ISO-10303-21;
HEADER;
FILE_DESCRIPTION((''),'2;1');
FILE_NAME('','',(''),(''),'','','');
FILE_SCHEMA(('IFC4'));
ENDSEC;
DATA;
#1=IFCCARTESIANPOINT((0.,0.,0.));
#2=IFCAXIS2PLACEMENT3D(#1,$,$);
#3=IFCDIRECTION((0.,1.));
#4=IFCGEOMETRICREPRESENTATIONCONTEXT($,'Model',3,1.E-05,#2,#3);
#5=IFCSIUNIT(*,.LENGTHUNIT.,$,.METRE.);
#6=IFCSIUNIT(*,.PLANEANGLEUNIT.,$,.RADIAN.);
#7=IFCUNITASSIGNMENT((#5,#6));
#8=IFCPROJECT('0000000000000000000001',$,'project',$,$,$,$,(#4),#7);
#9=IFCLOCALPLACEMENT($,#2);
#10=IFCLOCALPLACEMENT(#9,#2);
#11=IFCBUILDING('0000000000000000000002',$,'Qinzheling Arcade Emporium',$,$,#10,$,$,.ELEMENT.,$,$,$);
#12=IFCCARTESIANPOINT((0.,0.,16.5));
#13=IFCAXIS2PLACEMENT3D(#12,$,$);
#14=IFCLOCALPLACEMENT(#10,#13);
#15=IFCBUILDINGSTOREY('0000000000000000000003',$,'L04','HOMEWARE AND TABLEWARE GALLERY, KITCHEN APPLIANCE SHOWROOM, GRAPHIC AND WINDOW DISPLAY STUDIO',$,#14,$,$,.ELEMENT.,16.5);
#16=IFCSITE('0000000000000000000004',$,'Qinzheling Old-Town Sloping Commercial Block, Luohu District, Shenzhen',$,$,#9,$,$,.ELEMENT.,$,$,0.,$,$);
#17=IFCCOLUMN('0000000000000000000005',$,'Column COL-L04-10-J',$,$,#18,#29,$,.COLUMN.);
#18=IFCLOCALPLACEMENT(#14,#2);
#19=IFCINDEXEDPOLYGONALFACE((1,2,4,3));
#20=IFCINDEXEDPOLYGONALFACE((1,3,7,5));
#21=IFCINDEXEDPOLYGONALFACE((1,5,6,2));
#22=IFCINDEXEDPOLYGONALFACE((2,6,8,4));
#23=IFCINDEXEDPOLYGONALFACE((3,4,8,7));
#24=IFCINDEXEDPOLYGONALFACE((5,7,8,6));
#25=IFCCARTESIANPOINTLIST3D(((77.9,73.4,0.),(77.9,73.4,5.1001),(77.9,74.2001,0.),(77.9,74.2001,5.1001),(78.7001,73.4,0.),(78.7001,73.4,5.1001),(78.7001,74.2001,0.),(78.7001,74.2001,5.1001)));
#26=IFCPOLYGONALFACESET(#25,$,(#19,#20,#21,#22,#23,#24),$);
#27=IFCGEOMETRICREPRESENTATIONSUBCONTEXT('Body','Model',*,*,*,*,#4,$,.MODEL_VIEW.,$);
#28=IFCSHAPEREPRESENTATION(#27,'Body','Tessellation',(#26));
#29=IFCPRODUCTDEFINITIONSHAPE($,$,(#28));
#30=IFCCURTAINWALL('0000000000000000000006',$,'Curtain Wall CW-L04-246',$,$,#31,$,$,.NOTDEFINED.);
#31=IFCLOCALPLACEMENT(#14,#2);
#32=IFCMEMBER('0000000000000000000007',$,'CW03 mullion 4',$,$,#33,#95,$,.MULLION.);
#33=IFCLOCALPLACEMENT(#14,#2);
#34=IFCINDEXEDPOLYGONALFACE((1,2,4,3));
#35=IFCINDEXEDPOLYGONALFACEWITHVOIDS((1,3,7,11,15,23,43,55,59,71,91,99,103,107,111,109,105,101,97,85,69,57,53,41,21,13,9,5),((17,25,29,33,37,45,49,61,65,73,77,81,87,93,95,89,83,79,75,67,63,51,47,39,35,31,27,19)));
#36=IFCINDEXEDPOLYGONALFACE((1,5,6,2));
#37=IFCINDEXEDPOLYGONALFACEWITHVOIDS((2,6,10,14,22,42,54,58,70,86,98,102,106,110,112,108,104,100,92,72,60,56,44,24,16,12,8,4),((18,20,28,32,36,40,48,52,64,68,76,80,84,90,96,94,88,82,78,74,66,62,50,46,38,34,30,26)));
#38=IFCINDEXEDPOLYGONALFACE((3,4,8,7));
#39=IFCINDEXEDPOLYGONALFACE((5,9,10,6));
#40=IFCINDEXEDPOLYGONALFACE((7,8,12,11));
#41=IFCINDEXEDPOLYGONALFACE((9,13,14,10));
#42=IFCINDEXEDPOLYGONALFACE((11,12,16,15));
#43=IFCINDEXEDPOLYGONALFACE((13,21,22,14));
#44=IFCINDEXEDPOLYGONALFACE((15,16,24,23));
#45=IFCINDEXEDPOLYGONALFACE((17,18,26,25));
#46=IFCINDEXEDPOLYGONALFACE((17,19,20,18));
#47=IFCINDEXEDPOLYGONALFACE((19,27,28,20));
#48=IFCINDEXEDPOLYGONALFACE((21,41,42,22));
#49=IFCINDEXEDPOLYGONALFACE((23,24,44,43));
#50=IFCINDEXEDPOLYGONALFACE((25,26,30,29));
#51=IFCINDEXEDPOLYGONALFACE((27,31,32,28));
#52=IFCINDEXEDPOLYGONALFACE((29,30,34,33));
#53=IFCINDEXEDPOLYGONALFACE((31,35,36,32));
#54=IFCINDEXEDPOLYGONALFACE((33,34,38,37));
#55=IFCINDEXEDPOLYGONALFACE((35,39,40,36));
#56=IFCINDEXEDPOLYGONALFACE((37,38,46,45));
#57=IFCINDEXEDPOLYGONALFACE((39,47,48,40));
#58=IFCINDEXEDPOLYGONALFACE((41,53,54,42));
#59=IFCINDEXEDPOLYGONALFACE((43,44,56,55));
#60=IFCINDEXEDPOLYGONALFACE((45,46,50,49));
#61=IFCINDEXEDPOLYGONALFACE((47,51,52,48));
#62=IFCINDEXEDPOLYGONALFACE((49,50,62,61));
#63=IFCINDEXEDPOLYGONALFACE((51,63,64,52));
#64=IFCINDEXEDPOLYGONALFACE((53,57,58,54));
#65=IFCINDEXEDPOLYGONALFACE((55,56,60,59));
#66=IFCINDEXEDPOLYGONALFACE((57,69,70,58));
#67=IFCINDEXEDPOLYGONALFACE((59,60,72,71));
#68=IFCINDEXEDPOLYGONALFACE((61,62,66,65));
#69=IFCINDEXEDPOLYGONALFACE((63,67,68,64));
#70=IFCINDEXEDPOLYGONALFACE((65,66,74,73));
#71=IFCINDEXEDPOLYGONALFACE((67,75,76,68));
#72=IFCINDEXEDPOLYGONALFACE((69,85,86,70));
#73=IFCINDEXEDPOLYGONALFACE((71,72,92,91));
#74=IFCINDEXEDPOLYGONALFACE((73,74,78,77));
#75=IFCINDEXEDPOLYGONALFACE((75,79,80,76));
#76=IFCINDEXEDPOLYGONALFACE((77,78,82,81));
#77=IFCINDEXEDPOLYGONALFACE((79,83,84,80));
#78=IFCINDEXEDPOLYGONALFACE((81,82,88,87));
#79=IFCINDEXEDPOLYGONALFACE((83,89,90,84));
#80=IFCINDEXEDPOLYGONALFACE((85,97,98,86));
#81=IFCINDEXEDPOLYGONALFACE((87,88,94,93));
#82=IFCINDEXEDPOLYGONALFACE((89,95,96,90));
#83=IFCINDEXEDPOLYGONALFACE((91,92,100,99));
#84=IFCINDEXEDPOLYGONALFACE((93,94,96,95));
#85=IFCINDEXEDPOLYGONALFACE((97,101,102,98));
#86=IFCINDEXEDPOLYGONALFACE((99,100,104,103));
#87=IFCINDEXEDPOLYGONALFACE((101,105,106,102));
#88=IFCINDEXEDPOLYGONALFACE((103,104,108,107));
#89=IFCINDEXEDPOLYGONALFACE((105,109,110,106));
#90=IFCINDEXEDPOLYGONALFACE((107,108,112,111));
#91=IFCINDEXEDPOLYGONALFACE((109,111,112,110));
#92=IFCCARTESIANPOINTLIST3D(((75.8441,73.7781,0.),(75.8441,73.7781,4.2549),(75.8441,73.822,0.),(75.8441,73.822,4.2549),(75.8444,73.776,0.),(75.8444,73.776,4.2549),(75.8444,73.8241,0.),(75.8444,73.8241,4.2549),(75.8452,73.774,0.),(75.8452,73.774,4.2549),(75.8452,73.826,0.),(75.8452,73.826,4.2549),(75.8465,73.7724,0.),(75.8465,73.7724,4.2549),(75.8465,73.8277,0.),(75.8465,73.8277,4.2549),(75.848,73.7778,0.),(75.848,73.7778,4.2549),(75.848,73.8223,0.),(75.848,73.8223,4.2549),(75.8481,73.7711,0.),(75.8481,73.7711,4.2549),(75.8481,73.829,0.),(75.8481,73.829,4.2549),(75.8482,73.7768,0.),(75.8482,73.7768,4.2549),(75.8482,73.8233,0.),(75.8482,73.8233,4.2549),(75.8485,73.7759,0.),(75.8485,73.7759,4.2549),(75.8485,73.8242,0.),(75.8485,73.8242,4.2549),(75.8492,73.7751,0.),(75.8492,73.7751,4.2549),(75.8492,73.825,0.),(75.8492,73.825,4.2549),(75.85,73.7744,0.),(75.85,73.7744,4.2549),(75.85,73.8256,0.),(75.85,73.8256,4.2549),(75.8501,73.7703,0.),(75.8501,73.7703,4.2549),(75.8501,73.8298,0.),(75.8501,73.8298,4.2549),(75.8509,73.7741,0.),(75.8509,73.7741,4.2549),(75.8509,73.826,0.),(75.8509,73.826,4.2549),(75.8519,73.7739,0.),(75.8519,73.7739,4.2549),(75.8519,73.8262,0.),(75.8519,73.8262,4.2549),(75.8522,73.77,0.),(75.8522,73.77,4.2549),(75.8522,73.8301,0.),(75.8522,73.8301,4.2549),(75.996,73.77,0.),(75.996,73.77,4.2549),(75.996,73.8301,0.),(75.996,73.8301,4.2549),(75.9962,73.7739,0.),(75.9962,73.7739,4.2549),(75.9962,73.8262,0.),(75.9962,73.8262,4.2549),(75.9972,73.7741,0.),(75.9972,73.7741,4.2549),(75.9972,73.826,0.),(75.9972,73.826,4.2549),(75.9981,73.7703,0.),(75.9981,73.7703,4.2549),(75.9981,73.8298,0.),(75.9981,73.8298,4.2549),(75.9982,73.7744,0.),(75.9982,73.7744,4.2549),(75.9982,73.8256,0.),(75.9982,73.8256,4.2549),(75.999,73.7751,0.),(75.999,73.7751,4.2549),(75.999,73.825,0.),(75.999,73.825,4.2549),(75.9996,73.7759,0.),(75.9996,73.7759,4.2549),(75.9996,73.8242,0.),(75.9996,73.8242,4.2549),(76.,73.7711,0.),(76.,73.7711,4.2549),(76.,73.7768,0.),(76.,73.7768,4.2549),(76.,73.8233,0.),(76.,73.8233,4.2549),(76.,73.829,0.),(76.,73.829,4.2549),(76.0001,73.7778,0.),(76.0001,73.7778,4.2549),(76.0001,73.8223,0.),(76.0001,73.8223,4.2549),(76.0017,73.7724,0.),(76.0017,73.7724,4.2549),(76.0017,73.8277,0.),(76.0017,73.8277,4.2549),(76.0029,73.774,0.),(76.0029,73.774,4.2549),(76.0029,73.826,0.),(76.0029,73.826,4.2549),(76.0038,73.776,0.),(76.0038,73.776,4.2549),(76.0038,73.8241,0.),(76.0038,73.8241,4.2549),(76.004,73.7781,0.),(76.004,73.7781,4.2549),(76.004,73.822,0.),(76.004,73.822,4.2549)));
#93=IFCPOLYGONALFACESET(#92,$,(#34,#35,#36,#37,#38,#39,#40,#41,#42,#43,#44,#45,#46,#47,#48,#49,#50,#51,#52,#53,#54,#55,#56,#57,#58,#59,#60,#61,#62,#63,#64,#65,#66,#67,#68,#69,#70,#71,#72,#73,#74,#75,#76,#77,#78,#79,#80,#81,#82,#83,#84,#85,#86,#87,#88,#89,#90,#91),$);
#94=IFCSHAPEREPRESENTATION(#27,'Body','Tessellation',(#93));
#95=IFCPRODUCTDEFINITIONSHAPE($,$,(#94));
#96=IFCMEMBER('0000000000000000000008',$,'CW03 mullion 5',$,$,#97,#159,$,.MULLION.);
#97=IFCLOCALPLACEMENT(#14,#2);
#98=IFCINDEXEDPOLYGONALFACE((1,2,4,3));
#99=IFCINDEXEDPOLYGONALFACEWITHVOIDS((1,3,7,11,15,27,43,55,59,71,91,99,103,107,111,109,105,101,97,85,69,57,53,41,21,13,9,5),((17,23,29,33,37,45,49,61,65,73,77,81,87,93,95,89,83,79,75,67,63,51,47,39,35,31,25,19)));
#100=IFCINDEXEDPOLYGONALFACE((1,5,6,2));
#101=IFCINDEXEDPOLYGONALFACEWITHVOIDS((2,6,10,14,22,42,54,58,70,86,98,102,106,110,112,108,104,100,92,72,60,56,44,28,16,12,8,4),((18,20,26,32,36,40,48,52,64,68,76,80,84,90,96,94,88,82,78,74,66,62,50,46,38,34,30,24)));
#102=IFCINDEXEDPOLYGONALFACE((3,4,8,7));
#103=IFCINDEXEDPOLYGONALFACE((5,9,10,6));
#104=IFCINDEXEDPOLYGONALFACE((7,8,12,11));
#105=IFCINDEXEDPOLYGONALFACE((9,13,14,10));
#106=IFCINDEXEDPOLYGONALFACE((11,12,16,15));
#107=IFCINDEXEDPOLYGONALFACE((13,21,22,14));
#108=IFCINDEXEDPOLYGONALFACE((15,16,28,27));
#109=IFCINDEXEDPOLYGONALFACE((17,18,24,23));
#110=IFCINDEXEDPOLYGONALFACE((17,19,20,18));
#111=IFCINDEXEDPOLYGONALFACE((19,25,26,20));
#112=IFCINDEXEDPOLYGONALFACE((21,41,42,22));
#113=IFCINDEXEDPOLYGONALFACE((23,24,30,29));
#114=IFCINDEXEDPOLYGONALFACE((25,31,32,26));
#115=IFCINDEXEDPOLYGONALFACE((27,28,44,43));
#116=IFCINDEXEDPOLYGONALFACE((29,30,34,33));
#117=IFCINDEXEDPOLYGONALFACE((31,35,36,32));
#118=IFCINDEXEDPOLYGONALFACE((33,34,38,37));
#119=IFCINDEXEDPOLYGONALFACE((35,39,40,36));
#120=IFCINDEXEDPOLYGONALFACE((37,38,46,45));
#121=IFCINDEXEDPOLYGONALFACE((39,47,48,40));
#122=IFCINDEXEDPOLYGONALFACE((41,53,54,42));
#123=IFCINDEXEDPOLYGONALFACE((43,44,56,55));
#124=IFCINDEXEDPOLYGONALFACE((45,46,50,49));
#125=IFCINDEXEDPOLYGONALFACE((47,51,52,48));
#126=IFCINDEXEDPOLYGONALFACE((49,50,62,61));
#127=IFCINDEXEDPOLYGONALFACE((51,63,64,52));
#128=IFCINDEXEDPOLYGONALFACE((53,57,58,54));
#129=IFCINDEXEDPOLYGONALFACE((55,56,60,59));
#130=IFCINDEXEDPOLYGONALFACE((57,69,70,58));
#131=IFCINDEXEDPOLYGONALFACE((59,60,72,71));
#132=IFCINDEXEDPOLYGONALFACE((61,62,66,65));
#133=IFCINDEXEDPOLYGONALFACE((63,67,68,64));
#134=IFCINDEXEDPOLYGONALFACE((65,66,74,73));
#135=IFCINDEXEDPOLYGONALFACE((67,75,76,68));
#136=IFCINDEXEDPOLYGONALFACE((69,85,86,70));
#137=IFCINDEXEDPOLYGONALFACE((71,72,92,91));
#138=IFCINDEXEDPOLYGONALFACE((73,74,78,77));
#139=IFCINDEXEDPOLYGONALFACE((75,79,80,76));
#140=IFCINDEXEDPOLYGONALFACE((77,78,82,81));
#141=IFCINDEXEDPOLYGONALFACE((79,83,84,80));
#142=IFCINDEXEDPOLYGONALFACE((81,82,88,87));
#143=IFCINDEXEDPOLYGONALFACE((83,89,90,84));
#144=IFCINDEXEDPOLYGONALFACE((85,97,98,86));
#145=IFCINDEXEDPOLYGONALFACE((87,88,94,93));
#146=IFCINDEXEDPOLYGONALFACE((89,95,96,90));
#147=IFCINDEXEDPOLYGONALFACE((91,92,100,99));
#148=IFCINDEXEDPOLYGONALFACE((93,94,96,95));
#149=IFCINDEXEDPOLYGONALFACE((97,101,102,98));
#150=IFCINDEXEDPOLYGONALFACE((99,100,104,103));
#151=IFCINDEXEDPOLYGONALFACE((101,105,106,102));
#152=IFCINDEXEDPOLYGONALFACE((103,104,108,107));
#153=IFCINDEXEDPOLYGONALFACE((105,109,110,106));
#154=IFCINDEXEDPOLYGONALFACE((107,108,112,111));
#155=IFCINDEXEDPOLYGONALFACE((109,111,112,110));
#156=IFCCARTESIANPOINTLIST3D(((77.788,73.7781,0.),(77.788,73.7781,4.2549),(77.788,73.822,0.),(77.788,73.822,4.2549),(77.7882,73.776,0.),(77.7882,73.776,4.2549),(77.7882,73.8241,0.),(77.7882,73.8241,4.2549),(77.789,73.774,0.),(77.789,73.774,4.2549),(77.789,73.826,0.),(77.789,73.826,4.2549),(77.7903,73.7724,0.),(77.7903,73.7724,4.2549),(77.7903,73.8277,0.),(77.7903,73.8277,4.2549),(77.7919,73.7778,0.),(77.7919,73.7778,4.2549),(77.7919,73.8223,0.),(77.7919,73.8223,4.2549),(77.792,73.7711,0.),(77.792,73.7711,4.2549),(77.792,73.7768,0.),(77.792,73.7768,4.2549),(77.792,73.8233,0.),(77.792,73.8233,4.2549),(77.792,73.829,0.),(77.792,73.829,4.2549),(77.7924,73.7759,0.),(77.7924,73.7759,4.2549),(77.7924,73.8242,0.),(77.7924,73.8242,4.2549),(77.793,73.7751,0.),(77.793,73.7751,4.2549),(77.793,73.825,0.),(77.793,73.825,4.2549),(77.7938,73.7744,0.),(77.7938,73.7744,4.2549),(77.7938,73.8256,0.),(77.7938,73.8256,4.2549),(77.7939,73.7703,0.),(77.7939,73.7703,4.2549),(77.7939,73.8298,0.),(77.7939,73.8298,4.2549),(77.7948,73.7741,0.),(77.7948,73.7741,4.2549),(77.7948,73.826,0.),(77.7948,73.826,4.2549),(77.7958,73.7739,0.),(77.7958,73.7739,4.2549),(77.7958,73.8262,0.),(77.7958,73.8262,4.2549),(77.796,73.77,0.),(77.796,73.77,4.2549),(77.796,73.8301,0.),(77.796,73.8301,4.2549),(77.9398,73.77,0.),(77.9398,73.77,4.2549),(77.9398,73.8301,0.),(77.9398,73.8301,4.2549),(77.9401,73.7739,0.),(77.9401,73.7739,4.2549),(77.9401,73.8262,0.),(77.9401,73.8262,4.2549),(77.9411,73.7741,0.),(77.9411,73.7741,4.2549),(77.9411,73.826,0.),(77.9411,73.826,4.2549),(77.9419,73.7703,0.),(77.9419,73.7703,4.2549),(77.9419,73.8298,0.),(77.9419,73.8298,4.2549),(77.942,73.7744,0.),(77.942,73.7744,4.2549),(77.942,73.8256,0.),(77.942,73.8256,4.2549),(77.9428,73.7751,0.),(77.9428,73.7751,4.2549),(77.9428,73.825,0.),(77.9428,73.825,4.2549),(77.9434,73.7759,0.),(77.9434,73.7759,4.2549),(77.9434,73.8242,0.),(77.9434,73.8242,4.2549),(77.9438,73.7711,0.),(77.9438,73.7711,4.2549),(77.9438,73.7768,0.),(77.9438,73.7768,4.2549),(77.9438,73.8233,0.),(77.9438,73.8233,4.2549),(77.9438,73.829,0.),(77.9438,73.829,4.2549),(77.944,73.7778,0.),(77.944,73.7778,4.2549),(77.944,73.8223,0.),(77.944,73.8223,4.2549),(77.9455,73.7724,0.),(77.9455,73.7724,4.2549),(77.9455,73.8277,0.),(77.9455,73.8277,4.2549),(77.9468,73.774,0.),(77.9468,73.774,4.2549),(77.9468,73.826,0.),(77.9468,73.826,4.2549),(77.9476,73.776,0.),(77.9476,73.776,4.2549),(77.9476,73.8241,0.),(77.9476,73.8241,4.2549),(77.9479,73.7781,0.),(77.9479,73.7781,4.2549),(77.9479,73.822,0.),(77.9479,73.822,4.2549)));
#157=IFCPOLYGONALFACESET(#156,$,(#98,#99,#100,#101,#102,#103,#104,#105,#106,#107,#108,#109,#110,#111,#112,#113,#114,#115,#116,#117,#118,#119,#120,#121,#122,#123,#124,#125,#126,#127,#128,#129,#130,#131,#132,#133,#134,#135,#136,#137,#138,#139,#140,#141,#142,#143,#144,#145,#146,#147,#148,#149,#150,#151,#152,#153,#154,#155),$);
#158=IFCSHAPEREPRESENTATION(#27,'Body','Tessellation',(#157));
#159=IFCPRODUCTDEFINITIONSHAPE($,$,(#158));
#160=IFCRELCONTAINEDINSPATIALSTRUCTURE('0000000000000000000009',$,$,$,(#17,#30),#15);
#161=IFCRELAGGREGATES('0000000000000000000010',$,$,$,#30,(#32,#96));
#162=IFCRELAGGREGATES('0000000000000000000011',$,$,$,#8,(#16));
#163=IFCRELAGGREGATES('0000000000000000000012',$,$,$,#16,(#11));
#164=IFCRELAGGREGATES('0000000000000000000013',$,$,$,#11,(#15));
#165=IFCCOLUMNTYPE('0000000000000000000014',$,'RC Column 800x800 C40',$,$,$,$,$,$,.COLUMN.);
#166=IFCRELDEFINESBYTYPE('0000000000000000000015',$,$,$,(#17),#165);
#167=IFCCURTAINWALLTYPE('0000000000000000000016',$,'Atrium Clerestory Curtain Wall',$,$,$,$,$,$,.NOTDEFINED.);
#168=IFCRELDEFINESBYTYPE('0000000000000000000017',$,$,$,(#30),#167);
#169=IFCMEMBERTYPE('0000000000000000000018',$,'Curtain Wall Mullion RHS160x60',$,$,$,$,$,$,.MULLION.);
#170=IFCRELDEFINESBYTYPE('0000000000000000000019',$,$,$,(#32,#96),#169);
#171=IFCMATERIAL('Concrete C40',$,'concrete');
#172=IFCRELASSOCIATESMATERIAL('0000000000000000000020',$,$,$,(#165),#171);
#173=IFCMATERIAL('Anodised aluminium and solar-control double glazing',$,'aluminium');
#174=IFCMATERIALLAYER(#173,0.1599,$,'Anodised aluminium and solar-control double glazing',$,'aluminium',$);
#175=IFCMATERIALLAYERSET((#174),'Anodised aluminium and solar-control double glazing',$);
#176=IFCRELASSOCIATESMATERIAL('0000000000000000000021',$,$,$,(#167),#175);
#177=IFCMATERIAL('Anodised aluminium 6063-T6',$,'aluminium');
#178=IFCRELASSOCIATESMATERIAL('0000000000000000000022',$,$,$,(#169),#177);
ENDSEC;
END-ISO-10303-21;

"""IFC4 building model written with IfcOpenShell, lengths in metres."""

from ifc_helpers import new_model, si_unit, direction, frame, origin, origin_2d, place, context, subcontext, project, spatial, rectangle, hollow_rectangle, extrude, material, layer, layer_set, material_profile, profile_set, type_object, element, aggregate, save


model = new_model("IFC4")

# Units and contexts
model_context = context("Model", 3, precision=1e-05, world=origin(), true_north=direction((0.0, 1.0)))
body_context = subcontext(model_context, "Body", "Model", "MODEL_VIEW")
ifc_project = project(units=[si_unit("LENGTHUNIT", "METRE"), si_unit("PLANEANGLEUNIT", "RADIAN")], contexts=[model_context])

# Site, building, storey
site_placement = place(None, origin())
site = spatial("IfcSite", under=ifc_project, at=site_placement, Name="Qinzheling Old-Town Sloping Commercial Block, Luohu District, Shenzhen", CompositionType="ELEMENT", RefElevation=0.0)
building_placement = place(site_placement, origin())
building = spatial("IfcBuilding", under=site, at=building_placement, Name="Qinzheling Arcade Emporium", CompositionType="ELEMENT")
storey_placement = place(building_placement, frame((0.0, 0.0, 16.5)))
storey = spatial("IfcBuildingStorey", under=building, at=storey_placement, Name="L04", Description="HOMEWARE AND TABLEWARE GALLERY, KITCHEN APPLIANCE SHOWROOM, GRAPHIC AND WINDOW DISPLAY STUDIO", CompositionType="ELEMENT", Elevation=16.5)

# Column
ifc_material_1 = material(Name="Concrete C40", Category="concrete")
ifc_material_profile_1 = material_profile(ifc_material_1, rectangle(XDim=0.8, YDim=0.8, at=origin_2d()), Name="RC 800x800", Category="concrete")
ifc_profile_set_1 = profile_set([ifc_material_profile_1], Name="Concrete C40")
column_type = type_object("IfcColumnType", Name="RC Column 800x800 C40", PredefinedType="COLUMN", material=ifc_profile_set_1)
column_placement = place(storey_placement, frame((78.3, 73.8, 0.0), z_axis=(0.0, 0.0, 1.0), x_axis=(1.0, 0.0, 0.0)))
element("IfcColumn", 1, at=column_placement, inside=storey, type_object=column_type, Name="Column COL-L04-10-J", PredefinedType="COLUMN", context=body_context, shape_type="SweptSolid", body=[
    extrude(rectangle(XDim=0.8, YDim=0.8, at=origin_2d()), origin(), (0.0, 0.0, 1.0), 5.1001),
])

# Curtain wall, members
ifc_material_2 = material(Name="Anodised aluminium and solar-control double glazing", Category="aluminium")
ifc_layer_1 = layer(ifc_material_2, 0.1599, Name="Anodised aluminium and solar-control double glazing", Category="aluminium")
ifc_layer_set_1 = layer_set([ifc_layer_1], Name="Anodised aluminium and solar-control double glazing")
curtain_wall_type = type_object("IfcCurtainWallType", Name="Atrium Clerestory Curtain Wall", PredefinedType="NOTDEFINED", material=ifc_layer_set_1)
curtain_wall_1_placement = place(storey_placement, origin())
curtain_wall_1 = element("IfcCurtainWall", 2, at=curtain_wall_1_placement, inside=storey, type_object=curtain_wall_type, Name="Curtain Wall CW-L04-246", PredefinedType="NOTDEFINED")
ifc_material_3 = material(Name="Anodised aluminium 6063-T6", Category="aluminium")
ifc_material_profile_2 = material_profile(ifc_material_3, hollow_rectangle(XDim=0.0601, YDim=0.1599, WallThickness=0.0039, InnerFilletRadius=0.0039, OuterFilletRadius=0.0081, at=origin_2d()), Name="RHS 160x60x4", Category="aluminium")
ifc_profile_set_2 = profile_set([ifc_material_profile_2], Name="Anodised aluminium 6063-T6")
member_type_1 = type_object("IfcMemberType", Name="Curtain Wall Mullion RHS160x60", PredefinedType="MULLION", material=ifc_profile_set_2)
member_1_placement = place(storey_placement, frame((75.9241, 73.8, 0.0), z_axis=(0.0, 0.0, 1.0), x_axis=(0.0, 1.0, 0.0)))
member_1 = element("IfcMember", 3, at=member_1_placement, type_object=member_type_1, Name="CW03 mullion 4", PredefinedType="MULLION", context=body_context, shape_type="SweptSolid", body=[
    extrude(hollow_rectangle(XDim=0.0601, YDim=0.1599, WallThickness=0.0039, InnerFilletRadius=0.0039, OuterFilletRadius=0.0081, at=origin_2d()), origin(), (0.0, 0.0, 1.0), 4.2549),
])
member_2_placement = place(storey_placement, frame((77.8679, 73.8, 0.0), z_axis=(0.0, 0.0, 1.0), x_axis=(0.0, 1.0, 0.0)))
member_2 = element("IfcMember", 4, at=member_2_placement, type_object=member_type_1, Name="CW03 mullion 5", PredefinedType="MULLION", context=body_context, shape_type="SweptSolid", body=[
    extrude(hollow_rectangle(XDim=0.0601, YDim=0.1599, WallThickness=0.0039, InnerFilletRadius=0.0039, OuterFilletRadius=0.0081, at=origin_2d()), origin(), (0.0, 0.0, 1.0), 4.2549),
])

aggregate(curtain_wall_1, [member_1, member_2])

save(model, "model.ifc")
